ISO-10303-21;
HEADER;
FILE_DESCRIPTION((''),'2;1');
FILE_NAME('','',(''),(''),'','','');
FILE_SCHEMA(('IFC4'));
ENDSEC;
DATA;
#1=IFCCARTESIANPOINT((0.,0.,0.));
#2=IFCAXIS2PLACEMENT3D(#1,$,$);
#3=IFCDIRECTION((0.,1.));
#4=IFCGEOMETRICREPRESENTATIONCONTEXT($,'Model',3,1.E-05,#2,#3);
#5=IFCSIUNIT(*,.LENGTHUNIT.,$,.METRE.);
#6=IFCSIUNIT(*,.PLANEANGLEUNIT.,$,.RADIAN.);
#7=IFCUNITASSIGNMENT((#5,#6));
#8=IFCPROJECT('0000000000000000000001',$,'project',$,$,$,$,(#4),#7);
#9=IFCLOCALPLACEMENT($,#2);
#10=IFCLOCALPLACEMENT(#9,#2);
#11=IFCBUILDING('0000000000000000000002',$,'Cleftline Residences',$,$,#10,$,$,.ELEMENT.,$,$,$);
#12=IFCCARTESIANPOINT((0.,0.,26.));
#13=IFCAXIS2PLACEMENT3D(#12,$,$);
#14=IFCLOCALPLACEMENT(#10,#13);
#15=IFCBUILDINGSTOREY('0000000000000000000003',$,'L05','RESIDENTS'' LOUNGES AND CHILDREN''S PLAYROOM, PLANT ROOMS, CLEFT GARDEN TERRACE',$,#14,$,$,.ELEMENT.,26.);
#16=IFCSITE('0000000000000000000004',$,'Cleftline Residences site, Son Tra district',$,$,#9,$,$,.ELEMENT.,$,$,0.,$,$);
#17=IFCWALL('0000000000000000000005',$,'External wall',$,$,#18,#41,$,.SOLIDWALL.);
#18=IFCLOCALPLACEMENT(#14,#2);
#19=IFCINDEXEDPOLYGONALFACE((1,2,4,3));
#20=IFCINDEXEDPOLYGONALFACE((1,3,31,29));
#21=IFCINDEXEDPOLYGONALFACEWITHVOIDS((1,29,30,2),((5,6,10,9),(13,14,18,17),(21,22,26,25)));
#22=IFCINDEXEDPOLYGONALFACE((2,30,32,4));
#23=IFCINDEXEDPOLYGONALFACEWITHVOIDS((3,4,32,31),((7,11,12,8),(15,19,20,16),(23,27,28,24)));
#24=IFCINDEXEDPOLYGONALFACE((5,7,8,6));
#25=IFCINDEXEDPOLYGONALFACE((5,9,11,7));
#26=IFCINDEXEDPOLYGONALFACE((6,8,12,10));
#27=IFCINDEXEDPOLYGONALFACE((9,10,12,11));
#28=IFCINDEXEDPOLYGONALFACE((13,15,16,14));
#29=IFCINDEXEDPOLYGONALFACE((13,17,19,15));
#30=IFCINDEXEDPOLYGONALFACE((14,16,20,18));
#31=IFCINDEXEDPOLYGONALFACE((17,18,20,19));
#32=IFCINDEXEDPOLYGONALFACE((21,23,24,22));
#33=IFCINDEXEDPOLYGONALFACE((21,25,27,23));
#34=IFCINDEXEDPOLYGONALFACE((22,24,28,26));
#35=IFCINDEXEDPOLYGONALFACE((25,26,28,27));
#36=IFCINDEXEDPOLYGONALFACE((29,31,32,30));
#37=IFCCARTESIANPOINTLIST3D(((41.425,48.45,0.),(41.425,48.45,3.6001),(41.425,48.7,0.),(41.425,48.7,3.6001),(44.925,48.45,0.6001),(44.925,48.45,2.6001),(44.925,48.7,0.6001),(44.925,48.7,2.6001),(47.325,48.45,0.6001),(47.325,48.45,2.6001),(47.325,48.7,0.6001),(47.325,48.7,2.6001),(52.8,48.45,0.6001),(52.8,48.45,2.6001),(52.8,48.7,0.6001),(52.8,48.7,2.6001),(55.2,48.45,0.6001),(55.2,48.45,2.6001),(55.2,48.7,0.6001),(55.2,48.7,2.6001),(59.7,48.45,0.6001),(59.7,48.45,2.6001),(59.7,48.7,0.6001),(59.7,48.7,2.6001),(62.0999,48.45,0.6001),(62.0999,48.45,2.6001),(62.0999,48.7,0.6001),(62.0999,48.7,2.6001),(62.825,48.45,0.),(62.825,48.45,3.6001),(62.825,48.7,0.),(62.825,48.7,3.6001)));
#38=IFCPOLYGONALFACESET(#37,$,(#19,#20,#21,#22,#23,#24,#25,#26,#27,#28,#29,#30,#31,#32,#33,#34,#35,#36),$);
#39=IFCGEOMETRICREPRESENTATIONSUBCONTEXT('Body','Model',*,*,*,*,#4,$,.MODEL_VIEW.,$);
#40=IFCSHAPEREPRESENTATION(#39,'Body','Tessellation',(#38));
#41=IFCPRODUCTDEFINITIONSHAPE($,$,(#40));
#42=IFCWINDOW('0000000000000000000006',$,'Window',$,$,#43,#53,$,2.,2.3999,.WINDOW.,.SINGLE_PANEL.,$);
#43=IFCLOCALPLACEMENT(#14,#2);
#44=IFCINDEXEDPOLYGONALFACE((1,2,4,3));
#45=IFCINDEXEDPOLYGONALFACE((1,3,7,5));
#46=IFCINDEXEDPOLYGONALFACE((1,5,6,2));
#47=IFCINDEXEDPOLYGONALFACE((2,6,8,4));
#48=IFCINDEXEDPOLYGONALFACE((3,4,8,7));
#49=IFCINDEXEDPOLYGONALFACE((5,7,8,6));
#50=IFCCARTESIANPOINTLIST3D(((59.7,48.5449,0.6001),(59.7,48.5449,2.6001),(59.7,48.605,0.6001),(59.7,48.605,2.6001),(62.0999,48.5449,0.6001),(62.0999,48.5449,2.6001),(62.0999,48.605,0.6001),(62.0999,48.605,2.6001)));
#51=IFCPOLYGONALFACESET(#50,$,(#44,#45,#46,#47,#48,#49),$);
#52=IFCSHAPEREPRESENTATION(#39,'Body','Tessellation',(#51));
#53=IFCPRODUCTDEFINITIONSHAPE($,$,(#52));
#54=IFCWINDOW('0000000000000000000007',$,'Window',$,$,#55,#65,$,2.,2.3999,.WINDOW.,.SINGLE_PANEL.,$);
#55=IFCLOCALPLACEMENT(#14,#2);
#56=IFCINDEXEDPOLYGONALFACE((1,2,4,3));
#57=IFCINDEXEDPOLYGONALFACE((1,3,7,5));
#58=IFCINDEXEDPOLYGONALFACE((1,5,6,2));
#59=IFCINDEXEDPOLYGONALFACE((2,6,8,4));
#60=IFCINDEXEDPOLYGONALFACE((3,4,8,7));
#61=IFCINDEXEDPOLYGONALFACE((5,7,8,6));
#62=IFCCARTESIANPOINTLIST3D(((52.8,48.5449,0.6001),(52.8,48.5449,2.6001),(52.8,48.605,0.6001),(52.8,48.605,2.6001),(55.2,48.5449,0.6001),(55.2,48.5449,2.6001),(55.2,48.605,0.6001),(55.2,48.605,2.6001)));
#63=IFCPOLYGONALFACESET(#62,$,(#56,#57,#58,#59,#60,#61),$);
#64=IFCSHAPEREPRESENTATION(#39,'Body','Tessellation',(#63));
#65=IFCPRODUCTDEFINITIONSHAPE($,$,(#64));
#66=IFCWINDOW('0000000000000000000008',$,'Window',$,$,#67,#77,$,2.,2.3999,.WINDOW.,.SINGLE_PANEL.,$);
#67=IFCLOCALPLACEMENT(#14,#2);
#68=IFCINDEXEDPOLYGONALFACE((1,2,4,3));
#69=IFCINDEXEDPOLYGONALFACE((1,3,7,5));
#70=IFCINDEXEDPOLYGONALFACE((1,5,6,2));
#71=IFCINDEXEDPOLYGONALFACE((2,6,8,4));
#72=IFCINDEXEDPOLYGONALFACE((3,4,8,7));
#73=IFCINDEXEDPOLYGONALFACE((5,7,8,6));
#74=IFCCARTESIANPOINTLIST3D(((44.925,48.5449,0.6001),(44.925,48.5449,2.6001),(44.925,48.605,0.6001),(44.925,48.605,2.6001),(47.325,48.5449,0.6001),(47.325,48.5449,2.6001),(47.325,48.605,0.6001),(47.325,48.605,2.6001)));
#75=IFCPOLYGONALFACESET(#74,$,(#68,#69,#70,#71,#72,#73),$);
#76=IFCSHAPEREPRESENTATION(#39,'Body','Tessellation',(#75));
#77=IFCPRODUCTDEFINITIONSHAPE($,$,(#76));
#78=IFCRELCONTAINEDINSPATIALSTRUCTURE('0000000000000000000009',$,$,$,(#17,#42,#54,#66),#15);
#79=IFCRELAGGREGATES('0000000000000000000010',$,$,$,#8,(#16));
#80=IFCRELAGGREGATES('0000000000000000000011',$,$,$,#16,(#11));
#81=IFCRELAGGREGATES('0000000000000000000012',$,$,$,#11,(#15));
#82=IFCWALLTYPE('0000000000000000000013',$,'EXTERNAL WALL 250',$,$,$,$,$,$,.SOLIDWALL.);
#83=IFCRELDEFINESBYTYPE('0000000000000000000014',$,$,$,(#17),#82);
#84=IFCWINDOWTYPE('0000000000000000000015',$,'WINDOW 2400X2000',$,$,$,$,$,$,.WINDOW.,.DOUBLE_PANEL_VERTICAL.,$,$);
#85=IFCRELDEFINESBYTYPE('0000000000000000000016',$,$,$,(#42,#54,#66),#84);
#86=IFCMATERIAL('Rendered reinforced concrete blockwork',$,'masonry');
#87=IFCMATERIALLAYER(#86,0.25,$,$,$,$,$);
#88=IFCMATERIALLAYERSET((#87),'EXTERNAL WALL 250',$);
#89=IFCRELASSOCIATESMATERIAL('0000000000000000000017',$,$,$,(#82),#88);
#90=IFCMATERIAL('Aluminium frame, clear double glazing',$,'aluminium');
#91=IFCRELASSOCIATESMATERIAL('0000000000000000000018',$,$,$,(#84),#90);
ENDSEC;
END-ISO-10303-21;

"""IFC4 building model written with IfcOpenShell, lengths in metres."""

from ifc_helpers import new_model, si_unit, direction, frame, frame_2d, origin, place, context, subcontext, project, spatial, rectangle, extrude, material, layer, layer_set, type_object, element, fill, save


model = new_model("IFC4")

# Units and contexts
model_context = context("Model", 3, precision=1e-05, world=origin(), true_north=direction((0.0, 1.0)))
body_context = subcontext(model_context, "Body", "Model", "MODEL_VIEW")
ifc_project = project(units=[si_unit("LENGTHUNIT", "METRE"), si_unit("PLANEANGLEUNIT", "RADIAN")], contexts=[model_context])

# Site, building, storey
site_placement = place(None, origin())
site = spatial("IfcSite", under=ifc_project, at=site_placement, Name="Cleftline Residences site, Son Tra district", CompositionType="ELEMENT", RefElevation=0.0)
building_placement = place(site_placement, origin())
building = spatial("IfcBuilding", under=site, at=building_placement, Name="Cleftline Residences", CompositionType="ELEMENT")
storey_placement = place(building_placement, frame((0.0, 0.0, 26.0)))
storey = spatial("IfcBuildingStorey", under=building, at=storey_placement, Name="L05", Description="RESIDENTS' LOUNGES AND CHILDREN'S PLAYROOM, PLANT ROOMS, CLEFT GARDEN TERRACE", CompositionType="ELEMENT", Elevation=26.0)

# Shared definitions
ifc_material_1 = material(Name="Rendered reinforced concrete blockwork", Category="masonry")
ifc_layer_1 = layer(ifc_material_1, 0.25)
ifc_layer_set_1 = layer_set([ifc_layer_1], Name="EXTERNAL WALL 250")
wall_type = type_object("IfcWallType", Name="EXTERNAL WALL 250", PredefinedType="SOLIDWALL", material=ifc_layer_set_1)
ifc_material_2 = material(Name="Aluminium frame, clear double glazing", Category="aluminium")
window_type = type_object("IfcWindowType", Name="WINDOW 2400X2000", PartitioningType="DOUBLE_PANEL_VERTICAL", PredefinedType="WINDOW", material=ifc_material_2)

# Wall, openings, windows
wall_1_placement = place(storey_placement, frame((62.825, 48.575, 0.0), z_axis=(0.0, 0.0, 1.0), x_axis=(-1.0, 0.0, 0.0)))
wall_1 = element("IfcWall", 1, at=wall_1_placement, inside=storey, type_object=wall_type, Name="External wall", PredefinedType="SOLIDWALL", context=body_context, shape_type="SweptSolid", body=[
    extrude(rectangle(XDim=21.3999, YDim=0.25, at=frame_2d((10.7, 0.0))), origin(), (0.0, 0.0, 1.0), 3.6001),
])
opening_1_placement = place(wall_1_placement, frame((0.7251, 0.0, 0.6001)))
opening_1 = element("IfcOpeningElement", 2, at=opening_1_placement, cuts=wall_1, PredefinedType="OPENING", context=body_context, shape_type="SweptSolid", body=[
    extrude(rectangle(XDim=2.3999, YDim=2.0, at=frame_2d((1.2, 1.0))), frame((0.0, 0.135, 0.0), z_axis=(0.0, -1.0, 0.0), x_axis=(1.0, 0.0, 0.0)), (0.0, 0.0, 1.0), 0.27),
])
opening_2_placement = place(wall_1_placement, frame((7.625, 0.0, 0.6001)))
opening_2 = element("IfcOpeningElement", 3, at=opening_2_placement, cuts=wall_1, PredefinedType="OPENING", context=body_context, shape_type="SweptSolid", body=[
    extrude(rectangle(XDim=2.3999, YDim=2.0, at=frame_2d((1.2, 1.0))), frame((0.0, 0.135, 0.0), z_axis=(0.0, -1.0, 0.0), x_axis=(1.0, 0.0, 0.0)), (0.0, 0.0, 1.0), 0.27),
])
opening_3_placement = place(wall_1_placement, frame((15.5, 0.0, 0.6001)))
opening_3 = element("IfcOpeningElement", 4, at=opening_3_placement, cuts=wall_1, PredefinedType="OPENING", context=body_context, shape_type="SweptSolid", body=[
    extrude(rectangle(XDim=2.3999, YDim=2.0, at=frame_2d((1.2, 1.0))), frame((0.0, 0.135, 0.0), z_axis=(0.0, -1.0, 0.0), x_axis=(1.0, 0.0, 0.0)), (0.0, 0.0, 1.0), 0.27),
])
window_1_placement = place(opening_1_placement, origin())
window_1 = element("IfcWindow", 5, at=window_1_placement, inside=storey, type_object=window_type, Name="Window", OverallHeight=2.0, OverallWidth=2.3999, PartitioningType="SINGLE_PANEL", PredefinedType="WINDOW", context=body_context, shape_type="SweptSolid", body=[
    extrude(rectangle(XDim=2.3999, YDim=2.0, at=frame_2d((1.2, 1.0))), frame((0.0, 0.03, 0.0), z_axis=(0.0, -1.0, 0.0), x_axis=(1.0, 0.0, 0.0)), (0.0, 0.0, 1.0), 0.0601),
])
fill(opening_1, window_1)
window_2_placement = place(opening_2_placement, origin())
window_2 = element("IfcWindow", 6, at=window_2_placement, inside=storey, type_object=window_type, Name="Window", OverallHeight=2.0, OverallWidth=2.3999, PartitioningType="SINGLE_PANEL", PredefinedType="WINDOW", context=body_context, shape_type="SweptSolid", body=[
    extrude(rectangle(XDim=2.3999, YDim=2.0, at=frame_2d((1.2, 1.0))), frame((0.0, 0.03, 0.0), z_axis=(0.0, -1.0, 0.0), x_axis=(1.0, 0.0, 0.0)), (0.0, 0.0, 1.0), 0.0601),
])
fill(opening_2, window_2)
window_3_placement = place(opening_3_placement, origin())
window_3 = element("IfcWindow", 7, at=window_3_placement, inside=storey, type_object=window_type, Name="Window", OverallHeight=2.0, OverallWidth=2.3999, PartitioningType="SINGLE_PANEL", PredefinedType="WINDOW", context=body_context, shape_type="SweptSolid", body=[
    extrude(rectangle(XDim=2.3999, YDim=2.0, at=frame_2d((1.2, 1.0))), frame((0.0, 0.03, 0.0), z_axis=(0.0, -1.0, 0.0), x_axis=(1.0, 0.0, 0.0)), (0.0, 0.0, 1.0), 0.0601),
])
fill(opening_3, window_3)

save(model, "model.ifc")
